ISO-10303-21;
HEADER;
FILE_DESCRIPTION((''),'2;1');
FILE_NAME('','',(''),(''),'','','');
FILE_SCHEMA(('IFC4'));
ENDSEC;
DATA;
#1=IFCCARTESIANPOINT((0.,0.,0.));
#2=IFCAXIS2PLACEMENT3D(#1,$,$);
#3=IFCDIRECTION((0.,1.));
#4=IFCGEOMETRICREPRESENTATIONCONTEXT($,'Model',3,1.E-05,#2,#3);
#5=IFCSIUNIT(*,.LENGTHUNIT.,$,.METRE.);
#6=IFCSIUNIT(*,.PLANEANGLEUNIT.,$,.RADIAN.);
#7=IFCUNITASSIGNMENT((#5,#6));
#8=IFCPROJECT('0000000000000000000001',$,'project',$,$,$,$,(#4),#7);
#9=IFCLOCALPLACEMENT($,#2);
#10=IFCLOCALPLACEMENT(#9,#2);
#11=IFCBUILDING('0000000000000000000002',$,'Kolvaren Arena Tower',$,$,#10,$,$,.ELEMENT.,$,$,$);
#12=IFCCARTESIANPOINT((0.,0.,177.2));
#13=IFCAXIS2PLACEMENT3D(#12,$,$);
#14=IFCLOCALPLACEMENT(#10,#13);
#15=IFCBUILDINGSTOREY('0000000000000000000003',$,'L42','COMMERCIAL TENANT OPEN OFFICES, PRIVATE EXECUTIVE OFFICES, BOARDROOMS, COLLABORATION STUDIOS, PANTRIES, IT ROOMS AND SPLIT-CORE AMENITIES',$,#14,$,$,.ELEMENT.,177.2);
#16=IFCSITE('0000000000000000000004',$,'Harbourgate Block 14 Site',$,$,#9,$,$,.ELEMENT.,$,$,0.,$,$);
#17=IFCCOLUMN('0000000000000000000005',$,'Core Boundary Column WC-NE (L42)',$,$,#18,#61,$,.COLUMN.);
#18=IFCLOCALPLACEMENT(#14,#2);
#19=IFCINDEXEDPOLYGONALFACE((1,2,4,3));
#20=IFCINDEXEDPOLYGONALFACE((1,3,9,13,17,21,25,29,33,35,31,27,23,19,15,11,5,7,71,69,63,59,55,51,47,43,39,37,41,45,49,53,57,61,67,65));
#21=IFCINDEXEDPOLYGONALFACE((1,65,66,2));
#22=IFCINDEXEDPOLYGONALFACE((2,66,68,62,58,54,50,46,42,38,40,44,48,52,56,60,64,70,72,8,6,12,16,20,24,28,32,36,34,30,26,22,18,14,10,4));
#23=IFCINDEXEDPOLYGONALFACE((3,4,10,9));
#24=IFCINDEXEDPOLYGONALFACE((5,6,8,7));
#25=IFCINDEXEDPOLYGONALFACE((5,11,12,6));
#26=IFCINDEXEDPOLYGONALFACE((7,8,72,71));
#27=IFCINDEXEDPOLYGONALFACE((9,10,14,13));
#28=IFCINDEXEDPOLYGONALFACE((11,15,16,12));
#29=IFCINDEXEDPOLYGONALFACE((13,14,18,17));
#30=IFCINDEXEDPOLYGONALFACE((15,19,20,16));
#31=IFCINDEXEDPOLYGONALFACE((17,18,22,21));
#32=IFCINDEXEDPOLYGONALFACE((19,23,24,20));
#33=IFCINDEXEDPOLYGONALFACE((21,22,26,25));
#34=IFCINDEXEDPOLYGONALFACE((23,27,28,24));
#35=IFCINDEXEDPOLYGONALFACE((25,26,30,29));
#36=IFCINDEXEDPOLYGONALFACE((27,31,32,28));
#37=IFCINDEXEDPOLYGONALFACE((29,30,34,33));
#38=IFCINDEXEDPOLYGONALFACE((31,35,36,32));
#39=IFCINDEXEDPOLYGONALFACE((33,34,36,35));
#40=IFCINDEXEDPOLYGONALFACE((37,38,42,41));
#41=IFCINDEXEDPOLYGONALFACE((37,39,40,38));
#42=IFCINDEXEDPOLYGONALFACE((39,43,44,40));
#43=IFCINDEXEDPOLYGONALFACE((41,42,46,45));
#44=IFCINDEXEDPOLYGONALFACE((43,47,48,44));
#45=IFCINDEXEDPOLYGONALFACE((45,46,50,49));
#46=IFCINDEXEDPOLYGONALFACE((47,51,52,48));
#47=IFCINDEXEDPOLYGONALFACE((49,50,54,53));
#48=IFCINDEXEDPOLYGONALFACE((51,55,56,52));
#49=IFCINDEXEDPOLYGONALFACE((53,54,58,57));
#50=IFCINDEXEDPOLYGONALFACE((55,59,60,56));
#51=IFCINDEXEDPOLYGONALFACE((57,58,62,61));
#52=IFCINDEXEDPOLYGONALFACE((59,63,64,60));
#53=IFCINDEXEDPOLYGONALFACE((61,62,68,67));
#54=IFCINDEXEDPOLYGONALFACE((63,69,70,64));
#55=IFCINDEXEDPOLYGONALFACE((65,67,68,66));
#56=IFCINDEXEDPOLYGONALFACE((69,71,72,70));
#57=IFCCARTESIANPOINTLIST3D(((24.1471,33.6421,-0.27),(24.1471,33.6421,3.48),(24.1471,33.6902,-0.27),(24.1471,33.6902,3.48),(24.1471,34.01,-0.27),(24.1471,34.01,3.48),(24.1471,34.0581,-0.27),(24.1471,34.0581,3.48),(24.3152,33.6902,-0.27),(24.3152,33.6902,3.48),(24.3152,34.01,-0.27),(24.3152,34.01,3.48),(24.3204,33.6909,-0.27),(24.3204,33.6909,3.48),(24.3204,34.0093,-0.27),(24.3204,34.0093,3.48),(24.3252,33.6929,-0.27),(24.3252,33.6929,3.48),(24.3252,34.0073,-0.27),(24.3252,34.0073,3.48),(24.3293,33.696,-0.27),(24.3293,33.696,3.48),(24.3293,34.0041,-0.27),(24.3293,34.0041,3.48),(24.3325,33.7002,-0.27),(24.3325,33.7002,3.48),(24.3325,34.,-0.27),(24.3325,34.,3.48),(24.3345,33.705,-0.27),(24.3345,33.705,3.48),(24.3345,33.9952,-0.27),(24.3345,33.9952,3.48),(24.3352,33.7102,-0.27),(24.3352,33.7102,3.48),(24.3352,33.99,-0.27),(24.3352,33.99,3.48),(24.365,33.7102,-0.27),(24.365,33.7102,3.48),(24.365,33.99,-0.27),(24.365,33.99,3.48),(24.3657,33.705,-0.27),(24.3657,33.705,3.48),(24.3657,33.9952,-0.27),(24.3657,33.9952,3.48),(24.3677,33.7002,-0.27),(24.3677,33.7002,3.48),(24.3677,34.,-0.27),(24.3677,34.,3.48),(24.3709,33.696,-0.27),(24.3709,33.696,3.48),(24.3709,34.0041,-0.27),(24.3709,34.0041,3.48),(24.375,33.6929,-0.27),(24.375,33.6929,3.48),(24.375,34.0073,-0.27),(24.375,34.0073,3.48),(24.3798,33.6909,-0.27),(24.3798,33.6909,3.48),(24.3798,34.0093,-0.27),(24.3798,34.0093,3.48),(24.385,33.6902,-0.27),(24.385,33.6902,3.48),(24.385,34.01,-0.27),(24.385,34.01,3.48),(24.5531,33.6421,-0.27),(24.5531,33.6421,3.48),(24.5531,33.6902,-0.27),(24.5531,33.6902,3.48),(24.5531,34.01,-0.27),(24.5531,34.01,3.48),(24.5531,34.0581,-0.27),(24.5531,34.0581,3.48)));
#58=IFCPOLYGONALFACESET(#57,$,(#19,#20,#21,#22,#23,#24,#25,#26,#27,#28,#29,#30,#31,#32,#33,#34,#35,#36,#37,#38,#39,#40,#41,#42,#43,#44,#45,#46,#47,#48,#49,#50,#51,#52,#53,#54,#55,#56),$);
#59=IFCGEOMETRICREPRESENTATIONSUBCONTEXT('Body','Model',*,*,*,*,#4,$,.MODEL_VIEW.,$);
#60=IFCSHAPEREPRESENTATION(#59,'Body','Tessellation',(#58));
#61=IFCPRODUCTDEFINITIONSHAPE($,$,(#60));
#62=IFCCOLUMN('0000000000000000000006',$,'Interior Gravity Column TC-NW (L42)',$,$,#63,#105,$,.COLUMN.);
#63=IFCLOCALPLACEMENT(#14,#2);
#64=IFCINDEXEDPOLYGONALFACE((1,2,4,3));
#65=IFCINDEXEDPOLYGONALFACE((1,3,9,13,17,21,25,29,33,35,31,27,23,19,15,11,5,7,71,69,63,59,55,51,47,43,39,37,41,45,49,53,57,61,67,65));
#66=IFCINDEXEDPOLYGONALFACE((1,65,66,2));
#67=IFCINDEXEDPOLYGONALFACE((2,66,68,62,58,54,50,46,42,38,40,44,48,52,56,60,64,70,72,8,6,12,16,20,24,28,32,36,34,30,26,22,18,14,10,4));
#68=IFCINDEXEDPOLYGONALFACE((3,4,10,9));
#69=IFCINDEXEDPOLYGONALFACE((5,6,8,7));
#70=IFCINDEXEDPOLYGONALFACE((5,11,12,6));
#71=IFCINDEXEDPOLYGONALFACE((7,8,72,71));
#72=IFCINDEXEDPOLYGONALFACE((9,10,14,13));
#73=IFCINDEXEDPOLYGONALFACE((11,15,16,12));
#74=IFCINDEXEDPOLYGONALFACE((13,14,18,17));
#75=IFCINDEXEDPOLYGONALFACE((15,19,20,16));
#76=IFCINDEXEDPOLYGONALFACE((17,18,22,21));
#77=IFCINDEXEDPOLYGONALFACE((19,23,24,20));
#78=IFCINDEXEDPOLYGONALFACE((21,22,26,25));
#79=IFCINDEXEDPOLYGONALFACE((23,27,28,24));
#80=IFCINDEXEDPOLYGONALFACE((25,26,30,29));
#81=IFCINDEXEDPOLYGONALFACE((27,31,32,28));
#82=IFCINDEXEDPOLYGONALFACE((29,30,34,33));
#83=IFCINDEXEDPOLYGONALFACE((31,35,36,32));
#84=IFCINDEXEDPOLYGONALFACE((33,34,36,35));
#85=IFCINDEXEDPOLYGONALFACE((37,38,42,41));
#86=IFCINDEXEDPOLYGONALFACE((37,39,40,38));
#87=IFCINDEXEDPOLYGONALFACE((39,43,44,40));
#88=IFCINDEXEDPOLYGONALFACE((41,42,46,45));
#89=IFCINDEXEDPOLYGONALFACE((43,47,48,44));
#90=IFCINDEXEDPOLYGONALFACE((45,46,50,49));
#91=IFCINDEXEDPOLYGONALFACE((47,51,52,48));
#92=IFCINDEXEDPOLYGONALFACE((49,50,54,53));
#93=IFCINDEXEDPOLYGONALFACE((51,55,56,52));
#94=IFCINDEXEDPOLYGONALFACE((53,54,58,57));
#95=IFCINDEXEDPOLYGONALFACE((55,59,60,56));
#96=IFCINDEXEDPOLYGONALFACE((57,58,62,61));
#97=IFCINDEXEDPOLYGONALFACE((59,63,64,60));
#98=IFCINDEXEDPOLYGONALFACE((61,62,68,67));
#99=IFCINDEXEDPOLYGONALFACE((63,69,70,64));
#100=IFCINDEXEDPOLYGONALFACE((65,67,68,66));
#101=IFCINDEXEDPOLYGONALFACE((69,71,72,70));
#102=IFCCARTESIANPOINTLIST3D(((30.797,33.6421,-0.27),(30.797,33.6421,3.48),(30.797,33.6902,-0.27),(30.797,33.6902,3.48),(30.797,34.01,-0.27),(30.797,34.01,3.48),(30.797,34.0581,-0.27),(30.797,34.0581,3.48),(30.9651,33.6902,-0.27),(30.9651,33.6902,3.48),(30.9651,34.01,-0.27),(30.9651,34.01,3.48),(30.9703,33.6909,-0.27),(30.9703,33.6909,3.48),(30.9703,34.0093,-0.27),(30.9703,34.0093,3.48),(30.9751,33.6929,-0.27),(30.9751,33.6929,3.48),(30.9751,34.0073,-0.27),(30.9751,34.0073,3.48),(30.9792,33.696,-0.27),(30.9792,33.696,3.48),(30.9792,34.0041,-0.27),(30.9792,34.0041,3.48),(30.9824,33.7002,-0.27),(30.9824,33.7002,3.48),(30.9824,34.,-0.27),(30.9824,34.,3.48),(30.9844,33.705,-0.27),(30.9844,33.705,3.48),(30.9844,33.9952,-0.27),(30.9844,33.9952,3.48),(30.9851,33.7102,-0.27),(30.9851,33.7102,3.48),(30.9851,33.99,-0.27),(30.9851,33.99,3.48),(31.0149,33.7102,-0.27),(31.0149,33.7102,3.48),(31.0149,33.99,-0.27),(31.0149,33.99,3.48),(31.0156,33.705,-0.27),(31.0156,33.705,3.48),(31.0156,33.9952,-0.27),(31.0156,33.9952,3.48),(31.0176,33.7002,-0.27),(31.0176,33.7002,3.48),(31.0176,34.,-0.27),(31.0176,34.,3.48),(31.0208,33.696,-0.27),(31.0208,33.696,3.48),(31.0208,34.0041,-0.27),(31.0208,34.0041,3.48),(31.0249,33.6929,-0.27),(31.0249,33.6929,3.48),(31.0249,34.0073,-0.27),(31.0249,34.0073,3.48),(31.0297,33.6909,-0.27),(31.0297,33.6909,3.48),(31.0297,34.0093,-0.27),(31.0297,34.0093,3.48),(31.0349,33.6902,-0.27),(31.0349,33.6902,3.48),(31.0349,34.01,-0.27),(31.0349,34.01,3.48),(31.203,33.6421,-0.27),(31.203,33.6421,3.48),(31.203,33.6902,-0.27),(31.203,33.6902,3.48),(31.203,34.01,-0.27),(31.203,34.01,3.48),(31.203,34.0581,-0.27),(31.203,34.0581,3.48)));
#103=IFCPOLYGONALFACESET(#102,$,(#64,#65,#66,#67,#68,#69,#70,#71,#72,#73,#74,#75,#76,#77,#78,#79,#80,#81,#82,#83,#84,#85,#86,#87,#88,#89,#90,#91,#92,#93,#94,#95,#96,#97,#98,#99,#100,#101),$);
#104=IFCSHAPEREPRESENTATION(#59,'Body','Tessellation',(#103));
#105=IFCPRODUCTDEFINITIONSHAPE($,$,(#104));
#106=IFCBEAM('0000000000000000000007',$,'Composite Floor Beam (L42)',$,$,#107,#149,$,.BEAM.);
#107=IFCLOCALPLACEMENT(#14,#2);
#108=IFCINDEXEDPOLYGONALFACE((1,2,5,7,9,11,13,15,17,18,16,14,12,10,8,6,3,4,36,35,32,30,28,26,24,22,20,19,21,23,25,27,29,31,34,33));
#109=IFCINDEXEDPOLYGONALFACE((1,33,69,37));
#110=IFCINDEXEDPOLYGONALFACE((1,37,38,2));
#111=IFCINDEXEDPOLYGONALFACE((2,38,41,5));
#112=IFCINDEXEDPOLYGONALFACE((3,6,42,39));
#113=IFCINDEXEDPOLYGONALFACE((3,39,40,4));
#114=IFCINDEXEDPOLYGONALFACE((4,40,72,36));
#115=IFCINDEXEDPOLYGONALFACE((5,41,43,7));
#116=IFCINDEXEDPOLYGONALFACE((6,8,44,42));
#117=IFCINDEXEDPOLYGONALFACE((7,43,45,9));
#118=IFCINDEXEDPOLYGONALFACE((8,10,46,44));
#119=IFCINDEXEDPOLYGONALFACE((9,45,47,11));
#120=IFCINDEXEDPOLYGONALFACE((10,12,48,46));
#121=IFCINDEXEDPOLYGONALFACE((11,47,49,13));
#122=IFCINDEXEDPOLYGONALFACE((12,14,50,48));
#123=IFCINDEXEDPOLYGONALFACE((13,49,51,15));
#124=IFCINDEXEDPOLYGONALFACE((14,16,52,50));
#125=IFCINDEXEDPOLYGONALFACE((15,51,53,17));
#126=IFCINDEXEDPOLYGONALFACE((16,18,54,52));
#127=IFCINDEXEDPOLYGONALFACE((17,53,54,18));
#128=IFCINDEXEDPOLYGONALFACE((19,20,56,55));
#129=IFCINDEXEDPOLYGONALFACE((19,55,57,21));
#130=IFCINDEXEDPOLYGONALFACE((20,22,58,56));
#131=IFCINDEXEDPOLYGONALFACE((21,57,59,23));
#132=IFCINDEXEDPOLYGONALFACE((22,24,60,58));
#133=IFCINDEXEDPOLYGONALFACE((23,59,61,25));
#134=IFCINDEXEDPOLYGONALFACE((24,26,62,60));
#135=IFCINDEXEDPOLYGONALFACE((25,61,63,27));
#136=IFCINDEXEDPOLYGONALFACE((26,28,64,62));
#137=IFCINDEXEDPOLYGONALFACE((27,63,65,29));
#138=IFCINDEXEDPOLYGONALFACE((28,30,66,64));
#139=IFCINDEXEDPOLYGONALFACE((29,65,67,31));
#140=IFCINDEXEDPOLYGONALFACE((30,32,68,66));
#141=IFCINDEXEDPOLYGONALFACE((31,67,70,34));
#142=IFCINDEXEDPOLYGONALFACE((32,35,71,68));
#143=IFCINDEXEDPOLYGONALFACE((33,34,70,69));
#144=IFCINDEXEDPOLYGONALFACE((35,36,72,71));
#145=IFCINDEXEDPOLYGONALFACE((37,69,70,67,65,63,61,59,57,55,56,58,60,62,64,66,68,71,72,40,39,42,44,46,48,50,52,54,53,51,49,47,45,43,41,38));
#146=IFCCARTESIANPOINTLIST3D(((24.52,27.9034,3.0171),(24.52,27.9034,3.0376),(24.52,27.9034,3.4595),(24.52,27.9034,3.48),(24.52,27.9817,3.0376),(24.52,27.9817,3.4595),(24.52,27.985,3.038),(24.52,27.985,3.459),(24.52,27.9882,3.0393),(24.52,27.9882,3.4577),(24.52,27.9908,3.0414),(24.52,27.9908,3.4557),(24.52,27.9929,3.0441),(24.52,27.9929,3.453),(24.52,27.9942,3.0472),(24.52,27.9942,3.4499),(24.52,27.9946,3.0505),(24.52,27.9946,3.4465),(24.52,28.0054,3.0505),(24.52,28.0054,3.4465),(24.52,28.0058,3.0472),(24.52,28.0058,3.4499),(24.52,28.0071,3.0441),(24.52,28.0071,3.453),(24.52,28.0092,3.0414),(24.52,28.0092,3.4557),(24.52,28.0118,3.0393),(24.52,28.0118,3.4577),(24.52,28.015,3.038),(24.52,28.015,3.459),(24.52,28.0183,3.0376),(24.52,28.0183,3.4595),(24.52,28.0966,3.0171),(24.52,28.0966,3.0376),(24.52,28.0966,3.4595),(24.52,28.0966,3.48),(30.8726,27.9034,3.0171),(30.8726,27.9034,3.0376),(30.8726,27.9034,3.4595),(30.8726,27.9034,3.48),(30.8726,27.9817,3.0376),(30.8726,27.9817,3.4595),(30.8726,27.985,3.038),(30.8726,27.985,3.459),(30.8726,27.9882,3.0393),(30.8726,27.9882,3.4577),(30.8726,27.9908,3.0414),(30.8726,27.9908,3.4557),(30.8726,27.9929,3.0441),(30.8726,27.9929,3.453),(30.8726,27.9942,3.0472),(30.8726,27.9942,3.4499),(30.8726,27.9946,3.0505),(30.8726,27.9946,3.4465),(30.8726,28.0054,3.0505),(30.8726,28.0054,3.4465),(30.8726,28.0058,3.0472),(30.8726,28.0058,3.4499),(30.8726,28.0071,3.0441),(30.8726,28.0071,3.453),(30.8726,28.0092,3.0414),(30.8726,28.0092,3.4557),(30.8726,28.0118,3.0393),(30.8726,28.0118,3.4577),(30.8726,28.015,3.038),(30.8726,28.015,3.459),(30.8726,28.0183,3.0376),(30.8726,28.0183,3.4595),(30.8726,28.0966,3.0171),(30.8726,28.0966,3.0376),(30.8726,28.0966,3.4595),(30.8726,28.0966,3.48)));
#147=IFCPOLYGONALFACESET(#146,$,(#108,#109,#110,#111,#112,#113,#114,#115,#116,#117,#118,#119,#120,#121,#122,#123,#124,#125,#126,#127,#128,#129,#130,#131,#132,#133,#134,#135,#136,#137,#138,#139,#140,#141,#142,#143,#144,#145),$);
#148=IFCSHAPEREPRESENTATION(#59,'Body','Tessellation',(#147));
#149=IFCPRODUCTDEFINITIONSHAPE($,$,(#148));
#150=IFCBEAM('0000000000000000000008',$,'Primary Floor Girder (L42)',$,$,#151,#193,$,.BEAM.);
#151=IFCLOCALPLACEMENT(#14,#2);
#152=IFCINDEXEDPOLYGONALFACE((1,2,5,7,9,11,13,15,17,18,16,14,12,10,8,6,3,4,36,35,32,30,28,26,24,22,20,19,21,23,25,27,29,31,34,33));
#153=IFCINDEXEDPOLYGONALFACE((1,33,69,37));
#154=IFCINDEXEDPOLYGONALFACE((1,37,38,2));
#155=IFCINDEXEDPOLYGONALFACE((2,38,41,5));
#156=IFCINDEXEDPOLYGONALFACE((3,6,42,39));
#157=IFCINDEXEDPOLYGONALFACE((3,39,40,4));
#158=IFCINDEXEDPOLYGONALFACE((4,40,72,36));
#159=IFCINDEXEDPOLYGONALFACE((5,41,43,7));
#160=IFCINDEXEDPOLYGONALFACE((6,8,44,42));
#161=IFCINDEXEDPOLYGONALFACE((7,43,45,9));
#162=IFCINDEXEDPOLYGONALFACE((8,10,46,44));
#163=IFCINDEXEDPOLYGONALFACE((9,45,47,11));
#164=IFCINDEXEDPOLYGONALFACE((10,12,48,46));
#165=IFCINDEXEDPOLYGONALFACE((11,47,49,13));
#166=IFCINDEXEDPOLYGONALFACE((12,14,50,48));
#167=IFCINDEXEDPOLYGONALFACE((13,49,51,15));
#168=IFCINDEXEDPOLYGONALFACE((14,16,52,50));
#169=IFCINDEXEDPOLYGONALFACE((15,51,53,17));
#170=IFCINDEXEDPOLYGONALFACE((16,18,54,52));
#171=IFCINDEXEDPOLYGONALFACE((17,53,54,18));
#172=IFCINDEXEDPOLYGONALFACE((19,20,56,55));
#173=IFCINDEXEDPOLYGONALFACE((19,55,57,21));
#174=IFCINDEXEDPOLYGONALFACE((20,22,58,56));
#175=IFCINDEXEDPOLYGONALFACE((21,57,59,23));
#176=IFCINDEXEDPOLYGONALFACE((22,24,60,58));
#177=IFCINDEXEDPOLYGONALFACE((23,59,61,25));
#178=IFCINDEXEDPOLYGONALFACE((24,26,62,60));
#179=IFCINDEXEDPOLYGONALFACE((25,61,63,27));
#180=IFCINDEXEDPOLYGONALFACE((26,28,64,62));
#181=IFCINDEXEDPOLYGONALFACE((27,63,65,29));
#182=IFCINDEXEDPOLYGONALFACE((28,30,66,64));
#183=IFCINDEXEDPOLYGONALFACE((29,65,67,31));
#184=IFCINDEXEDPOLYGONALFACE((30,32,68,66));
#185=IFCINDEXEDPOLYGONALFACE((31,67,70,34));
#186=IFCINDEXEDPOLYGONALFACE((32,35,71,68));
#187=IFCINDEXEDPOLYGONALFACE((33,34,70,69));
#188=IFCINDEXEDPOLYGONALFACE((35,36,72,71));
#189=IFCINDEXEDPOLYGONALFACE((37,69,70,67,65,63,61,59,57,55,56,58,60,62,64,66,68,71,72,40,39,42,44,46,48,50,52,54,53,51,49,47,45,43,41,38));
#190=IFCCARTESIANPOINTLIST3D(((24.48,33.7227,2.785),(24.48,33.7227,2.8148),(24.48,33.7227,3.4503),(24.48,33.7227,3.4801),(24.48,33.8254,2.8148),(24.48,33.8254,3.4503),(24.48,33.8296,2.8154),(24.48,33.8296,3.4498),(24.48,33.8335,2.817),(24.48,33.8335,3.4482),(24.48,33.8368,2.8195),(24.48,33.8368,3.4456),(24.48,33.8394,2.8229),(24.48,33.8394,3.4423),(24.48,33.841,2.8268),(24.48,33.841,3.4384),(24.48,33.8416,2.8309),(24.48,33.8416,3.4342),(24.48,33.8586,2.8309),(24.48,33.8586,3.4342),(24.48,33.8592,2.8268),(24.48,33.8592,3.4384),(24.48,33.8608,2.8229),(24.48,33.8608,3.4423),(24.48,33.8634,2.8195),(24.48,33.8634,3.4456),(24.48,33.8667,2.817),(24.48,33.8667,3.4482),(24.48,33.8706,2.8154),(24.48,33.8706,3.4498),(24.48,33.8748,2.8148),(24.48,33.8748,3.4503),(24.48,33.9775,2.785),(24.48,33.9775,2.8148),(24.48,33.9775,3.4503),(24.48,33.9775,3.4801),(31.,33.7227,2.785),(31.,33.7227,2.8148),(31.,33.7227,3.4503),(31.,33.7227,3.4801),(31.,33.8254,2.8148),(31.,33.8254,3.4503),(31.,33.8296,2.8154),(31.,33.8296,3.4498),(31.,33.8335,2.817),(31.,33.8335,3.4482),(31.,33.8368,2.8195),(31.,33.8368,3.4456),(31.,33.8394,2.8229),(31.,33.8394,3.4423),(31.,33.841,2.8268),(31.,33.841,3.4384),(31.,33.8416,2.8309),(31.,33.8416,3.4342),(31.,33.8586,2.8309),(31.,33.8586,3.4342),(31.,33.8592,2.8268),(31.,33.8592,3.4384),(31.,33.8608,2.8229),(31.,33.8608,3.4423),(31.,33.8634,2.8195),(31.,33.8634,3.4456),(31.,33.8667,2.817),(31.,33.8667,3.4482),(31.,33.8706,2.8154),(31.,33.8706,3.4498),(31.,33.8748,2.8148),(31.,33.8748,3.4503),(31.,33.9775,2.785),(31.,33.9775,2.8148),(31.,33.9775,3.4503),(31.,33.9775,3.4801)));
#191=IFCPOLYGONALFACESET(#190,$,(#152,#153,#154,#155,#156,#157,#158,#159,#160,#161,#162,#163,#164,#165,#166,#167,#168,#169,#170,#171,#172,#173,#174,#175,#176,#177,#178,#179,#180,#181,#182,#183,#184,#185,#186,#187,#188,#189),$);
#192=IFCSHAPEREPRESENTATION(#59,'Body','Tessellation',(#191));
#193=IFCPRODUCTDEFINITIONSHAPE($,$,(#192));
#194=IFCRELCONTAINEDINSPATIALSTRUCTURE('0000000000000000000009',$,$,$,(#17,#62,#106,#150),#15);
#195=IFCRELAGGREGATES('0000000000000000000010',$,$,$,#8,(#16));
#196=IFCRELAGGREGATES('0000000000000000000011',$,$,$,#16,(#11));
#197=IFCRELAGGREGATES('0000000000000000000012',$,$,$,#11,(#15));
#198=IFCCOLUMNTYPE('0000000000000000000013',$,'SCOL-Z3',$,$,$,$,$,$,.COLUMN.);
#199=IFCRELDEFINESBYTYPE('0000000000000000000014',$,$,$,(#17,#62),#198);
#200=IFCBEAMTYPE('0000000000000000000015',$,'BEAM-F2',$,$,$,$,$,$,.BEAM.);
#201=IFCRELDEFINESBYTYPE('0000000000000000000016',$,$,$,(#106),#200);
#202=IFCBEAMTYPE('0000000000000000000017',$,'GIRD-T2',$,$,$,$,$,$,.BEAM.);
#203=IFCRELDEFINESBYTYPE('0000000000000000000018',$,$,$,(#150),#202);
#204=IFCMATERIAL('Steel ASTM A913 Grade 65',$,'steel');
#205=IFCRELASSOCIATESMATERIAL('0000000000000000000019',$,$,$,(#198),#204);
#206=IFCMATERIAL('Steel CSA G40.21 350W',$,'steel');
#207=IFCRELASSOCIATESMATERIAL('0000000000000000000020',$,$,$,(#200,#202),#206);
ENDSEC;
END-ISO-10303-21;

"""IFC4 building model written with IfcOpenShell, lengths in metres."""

from ifc_helpers import new_model, si_unit, direction, frame, origin, origin_2d, place, context, subcontext, project, spatial, i_section, extrude, material, material_profile, profile_set, type_object, element, save


model = new_model("IFC4")

# Units and contexts
model_context = context("Model", 3, precision=1e-05, world=origin(), true_north=direction((0.0, 1.0)))
body_context = subcontext(model_context, "Body", "Model", "MODEL_VIEW")
ifc_project = project(units=[si_unit("LENGTHUNIT", "METRE"), si_unit("PLANEANGLEUNIT", "RADIAN")], contexts=[model_context])

# Site, building, storey
site_placement = place(None, origin())
site = spatial("IfcSite", under=ifc_project, at=site_placement, Name="Harbourgate Block 14 Site", CompositionType="ELEMENT", RefElevation=0.0)
building_placement = place(site_placement, origin())
building = spatial("IfcBuilding", under=site, at=building_placement, Name="Kolvaren Arena Tower", CompositionType="ELEMENT")
storey_placement = place(building_placement, frame((0.0, 0.0, 177.2)))
storey = spatial("IfcBuildingStorey", under=building, at=storey_placement, Name="L42", Description="COMMERCIAL TENANT OPEN OFFICES, PRIVATE EXECUTIVE OFFICES, BOARDROOMS, COLLABORATION STUDIOS, PANTRIES, IT ROOMS AND SPLIT-CORE AMENITIES", CompositionType="ELEMENT", Elevation=177.2)

# Columns
ifc_material_1 = material(Name="Steel ASTM A913 Grade 65", Category="steel")
ifc_material_profile_1 = material_profile(ifc_material_1, i_section(OverallWidth=0.406, OverallDepth=0.416, WebThickness=0.0298, FlangeThickness=0.0481, FilletRadius=0.02, at=origin_2d()), Name="W360x382")
ifc_profile_set_1 = profile_set([ifc_material_profile_1], Name="Steel ASTM A913 Grade 65")
column_type = type_object("IfcColumnType", Name="SCOL-Z3", PredefinedType="COLUMN", material=ifc_profile_set_1)
for number, where, z_axis, x_axis, name in (
    (1, (24.3501, 33.8501, -0.27), (0.0, 0.0, 1.0), (1.0, 0.0, 0.0), "Core Boundary Column WC-NE (L42)"),
    (2, (31.0, 33.8501, -0.27), (0.0, 0.0, 1.0), (1.0, 0.0, 0.0), "Interior Gravity Column TC-NW (L42)"),
):
    element("IfcColumn", number, at=place(storey_placement, frame(where, z_axis=z_axis, x_axis=x_axis)), inside=storey, type_object=column_type, Name=name, PredefinedType="COLUMN", context=body_context, shape_type="SweptSolid", body=[
        extrude(i_section(OverallWidth=0.406, OverallDepth=0.416, WebThickness=0.0298, FlangeThickness=0.0481, FilletRadius=0.02, at=origin_2d()), origin(), (0.0, 0.0, 1.0), 3.75),
    ])

# Beams
ifc_material_2 = material(Name="Steel CSA G40.21 350W", Category="steel")
ifc_material_profile_2 = material_profile(ifc_material_2, i_section(OverallWidth=0.1931, OverallDepth=0.4629, WebThickness=0.0107, FlangeThickness=0.0205, FilletRadius=0.0129, at=origin_2d()), Name="W460x113")
ifc_profile_set_2 = profile_set([ifc_material_profile_2], Name="Steel CSA G40.21 350W")
beam_type_1 = type_object("IfcBeamType", Name="BEAM-F2", PredefinedType="BEAM", material=ifc_profile_set_2)
beam_1_placement = place(storey_placement, frame((24.52, 28.0, 3.2485), z_axis=(1.0, 0.0, 0.0), x_axis=(0.0, 1.0, 0.0)))
element("IfcBeam", 3, at=beam_1_placement, inside=storey, type_object=beam_type_1, Name="Composite Floor Beam (L42)", PredefinedType="BEAM", context=body_context, shape_type="SweptSolid", body=[
    extrude(i_section(OverallWidth=0.1931, OverallDepth=0.4629, WebThickness=0.0107, FlangeThickness=0.0205, FilletRadius=0.0129, at=origin_2d()), origin(), (0.0, 0.0, 1.0), 6.3525),
])
ifc_material_profile_3 = material_profile(ifc_material_2, i_section(OverallWidth=0.2549, OverallDepth=0.6951, WebThickness=0.0171, FlangeThickness=0.0298, FilletRadius=0.0161, at=origin_2d()), Name="W690x217")
ifc_profile_set_3 = profile_set([ifc_material_profile_3], Name="Steel CSA G40.21 350W")
beam_type_2 = type_object("IfcBeamType", Name="GIRD-T2", PredefinedType="BEAM", material=ifc_profile_set_3)
beam_2_placement = place(storey_placement, frame((24.48, 33.8501, 3.1326), z_axis=(1.0, 0.0, 0.0), x_axis=(0.0, 1.0, 0.0)))
element("IfcBeam", 4, at=beam_2_placement, inside=storey, type_object=beam_type_2, Name="Primary Floor Girder (L42)", PredefinedType="BEAM", context=body_context, shape_type="SweptSolid", body=[
    extrude(i_section(OverallWidth=0.2549, OverallDepth=0.6951, WebThickness=0.0171, FlangeThickness=0.0298, FilletRadius=0.0161, at=origin_2d()), origin(), (0.0, 0.0, 1.0), 6.52),
])

save(model, "model.ifc")
